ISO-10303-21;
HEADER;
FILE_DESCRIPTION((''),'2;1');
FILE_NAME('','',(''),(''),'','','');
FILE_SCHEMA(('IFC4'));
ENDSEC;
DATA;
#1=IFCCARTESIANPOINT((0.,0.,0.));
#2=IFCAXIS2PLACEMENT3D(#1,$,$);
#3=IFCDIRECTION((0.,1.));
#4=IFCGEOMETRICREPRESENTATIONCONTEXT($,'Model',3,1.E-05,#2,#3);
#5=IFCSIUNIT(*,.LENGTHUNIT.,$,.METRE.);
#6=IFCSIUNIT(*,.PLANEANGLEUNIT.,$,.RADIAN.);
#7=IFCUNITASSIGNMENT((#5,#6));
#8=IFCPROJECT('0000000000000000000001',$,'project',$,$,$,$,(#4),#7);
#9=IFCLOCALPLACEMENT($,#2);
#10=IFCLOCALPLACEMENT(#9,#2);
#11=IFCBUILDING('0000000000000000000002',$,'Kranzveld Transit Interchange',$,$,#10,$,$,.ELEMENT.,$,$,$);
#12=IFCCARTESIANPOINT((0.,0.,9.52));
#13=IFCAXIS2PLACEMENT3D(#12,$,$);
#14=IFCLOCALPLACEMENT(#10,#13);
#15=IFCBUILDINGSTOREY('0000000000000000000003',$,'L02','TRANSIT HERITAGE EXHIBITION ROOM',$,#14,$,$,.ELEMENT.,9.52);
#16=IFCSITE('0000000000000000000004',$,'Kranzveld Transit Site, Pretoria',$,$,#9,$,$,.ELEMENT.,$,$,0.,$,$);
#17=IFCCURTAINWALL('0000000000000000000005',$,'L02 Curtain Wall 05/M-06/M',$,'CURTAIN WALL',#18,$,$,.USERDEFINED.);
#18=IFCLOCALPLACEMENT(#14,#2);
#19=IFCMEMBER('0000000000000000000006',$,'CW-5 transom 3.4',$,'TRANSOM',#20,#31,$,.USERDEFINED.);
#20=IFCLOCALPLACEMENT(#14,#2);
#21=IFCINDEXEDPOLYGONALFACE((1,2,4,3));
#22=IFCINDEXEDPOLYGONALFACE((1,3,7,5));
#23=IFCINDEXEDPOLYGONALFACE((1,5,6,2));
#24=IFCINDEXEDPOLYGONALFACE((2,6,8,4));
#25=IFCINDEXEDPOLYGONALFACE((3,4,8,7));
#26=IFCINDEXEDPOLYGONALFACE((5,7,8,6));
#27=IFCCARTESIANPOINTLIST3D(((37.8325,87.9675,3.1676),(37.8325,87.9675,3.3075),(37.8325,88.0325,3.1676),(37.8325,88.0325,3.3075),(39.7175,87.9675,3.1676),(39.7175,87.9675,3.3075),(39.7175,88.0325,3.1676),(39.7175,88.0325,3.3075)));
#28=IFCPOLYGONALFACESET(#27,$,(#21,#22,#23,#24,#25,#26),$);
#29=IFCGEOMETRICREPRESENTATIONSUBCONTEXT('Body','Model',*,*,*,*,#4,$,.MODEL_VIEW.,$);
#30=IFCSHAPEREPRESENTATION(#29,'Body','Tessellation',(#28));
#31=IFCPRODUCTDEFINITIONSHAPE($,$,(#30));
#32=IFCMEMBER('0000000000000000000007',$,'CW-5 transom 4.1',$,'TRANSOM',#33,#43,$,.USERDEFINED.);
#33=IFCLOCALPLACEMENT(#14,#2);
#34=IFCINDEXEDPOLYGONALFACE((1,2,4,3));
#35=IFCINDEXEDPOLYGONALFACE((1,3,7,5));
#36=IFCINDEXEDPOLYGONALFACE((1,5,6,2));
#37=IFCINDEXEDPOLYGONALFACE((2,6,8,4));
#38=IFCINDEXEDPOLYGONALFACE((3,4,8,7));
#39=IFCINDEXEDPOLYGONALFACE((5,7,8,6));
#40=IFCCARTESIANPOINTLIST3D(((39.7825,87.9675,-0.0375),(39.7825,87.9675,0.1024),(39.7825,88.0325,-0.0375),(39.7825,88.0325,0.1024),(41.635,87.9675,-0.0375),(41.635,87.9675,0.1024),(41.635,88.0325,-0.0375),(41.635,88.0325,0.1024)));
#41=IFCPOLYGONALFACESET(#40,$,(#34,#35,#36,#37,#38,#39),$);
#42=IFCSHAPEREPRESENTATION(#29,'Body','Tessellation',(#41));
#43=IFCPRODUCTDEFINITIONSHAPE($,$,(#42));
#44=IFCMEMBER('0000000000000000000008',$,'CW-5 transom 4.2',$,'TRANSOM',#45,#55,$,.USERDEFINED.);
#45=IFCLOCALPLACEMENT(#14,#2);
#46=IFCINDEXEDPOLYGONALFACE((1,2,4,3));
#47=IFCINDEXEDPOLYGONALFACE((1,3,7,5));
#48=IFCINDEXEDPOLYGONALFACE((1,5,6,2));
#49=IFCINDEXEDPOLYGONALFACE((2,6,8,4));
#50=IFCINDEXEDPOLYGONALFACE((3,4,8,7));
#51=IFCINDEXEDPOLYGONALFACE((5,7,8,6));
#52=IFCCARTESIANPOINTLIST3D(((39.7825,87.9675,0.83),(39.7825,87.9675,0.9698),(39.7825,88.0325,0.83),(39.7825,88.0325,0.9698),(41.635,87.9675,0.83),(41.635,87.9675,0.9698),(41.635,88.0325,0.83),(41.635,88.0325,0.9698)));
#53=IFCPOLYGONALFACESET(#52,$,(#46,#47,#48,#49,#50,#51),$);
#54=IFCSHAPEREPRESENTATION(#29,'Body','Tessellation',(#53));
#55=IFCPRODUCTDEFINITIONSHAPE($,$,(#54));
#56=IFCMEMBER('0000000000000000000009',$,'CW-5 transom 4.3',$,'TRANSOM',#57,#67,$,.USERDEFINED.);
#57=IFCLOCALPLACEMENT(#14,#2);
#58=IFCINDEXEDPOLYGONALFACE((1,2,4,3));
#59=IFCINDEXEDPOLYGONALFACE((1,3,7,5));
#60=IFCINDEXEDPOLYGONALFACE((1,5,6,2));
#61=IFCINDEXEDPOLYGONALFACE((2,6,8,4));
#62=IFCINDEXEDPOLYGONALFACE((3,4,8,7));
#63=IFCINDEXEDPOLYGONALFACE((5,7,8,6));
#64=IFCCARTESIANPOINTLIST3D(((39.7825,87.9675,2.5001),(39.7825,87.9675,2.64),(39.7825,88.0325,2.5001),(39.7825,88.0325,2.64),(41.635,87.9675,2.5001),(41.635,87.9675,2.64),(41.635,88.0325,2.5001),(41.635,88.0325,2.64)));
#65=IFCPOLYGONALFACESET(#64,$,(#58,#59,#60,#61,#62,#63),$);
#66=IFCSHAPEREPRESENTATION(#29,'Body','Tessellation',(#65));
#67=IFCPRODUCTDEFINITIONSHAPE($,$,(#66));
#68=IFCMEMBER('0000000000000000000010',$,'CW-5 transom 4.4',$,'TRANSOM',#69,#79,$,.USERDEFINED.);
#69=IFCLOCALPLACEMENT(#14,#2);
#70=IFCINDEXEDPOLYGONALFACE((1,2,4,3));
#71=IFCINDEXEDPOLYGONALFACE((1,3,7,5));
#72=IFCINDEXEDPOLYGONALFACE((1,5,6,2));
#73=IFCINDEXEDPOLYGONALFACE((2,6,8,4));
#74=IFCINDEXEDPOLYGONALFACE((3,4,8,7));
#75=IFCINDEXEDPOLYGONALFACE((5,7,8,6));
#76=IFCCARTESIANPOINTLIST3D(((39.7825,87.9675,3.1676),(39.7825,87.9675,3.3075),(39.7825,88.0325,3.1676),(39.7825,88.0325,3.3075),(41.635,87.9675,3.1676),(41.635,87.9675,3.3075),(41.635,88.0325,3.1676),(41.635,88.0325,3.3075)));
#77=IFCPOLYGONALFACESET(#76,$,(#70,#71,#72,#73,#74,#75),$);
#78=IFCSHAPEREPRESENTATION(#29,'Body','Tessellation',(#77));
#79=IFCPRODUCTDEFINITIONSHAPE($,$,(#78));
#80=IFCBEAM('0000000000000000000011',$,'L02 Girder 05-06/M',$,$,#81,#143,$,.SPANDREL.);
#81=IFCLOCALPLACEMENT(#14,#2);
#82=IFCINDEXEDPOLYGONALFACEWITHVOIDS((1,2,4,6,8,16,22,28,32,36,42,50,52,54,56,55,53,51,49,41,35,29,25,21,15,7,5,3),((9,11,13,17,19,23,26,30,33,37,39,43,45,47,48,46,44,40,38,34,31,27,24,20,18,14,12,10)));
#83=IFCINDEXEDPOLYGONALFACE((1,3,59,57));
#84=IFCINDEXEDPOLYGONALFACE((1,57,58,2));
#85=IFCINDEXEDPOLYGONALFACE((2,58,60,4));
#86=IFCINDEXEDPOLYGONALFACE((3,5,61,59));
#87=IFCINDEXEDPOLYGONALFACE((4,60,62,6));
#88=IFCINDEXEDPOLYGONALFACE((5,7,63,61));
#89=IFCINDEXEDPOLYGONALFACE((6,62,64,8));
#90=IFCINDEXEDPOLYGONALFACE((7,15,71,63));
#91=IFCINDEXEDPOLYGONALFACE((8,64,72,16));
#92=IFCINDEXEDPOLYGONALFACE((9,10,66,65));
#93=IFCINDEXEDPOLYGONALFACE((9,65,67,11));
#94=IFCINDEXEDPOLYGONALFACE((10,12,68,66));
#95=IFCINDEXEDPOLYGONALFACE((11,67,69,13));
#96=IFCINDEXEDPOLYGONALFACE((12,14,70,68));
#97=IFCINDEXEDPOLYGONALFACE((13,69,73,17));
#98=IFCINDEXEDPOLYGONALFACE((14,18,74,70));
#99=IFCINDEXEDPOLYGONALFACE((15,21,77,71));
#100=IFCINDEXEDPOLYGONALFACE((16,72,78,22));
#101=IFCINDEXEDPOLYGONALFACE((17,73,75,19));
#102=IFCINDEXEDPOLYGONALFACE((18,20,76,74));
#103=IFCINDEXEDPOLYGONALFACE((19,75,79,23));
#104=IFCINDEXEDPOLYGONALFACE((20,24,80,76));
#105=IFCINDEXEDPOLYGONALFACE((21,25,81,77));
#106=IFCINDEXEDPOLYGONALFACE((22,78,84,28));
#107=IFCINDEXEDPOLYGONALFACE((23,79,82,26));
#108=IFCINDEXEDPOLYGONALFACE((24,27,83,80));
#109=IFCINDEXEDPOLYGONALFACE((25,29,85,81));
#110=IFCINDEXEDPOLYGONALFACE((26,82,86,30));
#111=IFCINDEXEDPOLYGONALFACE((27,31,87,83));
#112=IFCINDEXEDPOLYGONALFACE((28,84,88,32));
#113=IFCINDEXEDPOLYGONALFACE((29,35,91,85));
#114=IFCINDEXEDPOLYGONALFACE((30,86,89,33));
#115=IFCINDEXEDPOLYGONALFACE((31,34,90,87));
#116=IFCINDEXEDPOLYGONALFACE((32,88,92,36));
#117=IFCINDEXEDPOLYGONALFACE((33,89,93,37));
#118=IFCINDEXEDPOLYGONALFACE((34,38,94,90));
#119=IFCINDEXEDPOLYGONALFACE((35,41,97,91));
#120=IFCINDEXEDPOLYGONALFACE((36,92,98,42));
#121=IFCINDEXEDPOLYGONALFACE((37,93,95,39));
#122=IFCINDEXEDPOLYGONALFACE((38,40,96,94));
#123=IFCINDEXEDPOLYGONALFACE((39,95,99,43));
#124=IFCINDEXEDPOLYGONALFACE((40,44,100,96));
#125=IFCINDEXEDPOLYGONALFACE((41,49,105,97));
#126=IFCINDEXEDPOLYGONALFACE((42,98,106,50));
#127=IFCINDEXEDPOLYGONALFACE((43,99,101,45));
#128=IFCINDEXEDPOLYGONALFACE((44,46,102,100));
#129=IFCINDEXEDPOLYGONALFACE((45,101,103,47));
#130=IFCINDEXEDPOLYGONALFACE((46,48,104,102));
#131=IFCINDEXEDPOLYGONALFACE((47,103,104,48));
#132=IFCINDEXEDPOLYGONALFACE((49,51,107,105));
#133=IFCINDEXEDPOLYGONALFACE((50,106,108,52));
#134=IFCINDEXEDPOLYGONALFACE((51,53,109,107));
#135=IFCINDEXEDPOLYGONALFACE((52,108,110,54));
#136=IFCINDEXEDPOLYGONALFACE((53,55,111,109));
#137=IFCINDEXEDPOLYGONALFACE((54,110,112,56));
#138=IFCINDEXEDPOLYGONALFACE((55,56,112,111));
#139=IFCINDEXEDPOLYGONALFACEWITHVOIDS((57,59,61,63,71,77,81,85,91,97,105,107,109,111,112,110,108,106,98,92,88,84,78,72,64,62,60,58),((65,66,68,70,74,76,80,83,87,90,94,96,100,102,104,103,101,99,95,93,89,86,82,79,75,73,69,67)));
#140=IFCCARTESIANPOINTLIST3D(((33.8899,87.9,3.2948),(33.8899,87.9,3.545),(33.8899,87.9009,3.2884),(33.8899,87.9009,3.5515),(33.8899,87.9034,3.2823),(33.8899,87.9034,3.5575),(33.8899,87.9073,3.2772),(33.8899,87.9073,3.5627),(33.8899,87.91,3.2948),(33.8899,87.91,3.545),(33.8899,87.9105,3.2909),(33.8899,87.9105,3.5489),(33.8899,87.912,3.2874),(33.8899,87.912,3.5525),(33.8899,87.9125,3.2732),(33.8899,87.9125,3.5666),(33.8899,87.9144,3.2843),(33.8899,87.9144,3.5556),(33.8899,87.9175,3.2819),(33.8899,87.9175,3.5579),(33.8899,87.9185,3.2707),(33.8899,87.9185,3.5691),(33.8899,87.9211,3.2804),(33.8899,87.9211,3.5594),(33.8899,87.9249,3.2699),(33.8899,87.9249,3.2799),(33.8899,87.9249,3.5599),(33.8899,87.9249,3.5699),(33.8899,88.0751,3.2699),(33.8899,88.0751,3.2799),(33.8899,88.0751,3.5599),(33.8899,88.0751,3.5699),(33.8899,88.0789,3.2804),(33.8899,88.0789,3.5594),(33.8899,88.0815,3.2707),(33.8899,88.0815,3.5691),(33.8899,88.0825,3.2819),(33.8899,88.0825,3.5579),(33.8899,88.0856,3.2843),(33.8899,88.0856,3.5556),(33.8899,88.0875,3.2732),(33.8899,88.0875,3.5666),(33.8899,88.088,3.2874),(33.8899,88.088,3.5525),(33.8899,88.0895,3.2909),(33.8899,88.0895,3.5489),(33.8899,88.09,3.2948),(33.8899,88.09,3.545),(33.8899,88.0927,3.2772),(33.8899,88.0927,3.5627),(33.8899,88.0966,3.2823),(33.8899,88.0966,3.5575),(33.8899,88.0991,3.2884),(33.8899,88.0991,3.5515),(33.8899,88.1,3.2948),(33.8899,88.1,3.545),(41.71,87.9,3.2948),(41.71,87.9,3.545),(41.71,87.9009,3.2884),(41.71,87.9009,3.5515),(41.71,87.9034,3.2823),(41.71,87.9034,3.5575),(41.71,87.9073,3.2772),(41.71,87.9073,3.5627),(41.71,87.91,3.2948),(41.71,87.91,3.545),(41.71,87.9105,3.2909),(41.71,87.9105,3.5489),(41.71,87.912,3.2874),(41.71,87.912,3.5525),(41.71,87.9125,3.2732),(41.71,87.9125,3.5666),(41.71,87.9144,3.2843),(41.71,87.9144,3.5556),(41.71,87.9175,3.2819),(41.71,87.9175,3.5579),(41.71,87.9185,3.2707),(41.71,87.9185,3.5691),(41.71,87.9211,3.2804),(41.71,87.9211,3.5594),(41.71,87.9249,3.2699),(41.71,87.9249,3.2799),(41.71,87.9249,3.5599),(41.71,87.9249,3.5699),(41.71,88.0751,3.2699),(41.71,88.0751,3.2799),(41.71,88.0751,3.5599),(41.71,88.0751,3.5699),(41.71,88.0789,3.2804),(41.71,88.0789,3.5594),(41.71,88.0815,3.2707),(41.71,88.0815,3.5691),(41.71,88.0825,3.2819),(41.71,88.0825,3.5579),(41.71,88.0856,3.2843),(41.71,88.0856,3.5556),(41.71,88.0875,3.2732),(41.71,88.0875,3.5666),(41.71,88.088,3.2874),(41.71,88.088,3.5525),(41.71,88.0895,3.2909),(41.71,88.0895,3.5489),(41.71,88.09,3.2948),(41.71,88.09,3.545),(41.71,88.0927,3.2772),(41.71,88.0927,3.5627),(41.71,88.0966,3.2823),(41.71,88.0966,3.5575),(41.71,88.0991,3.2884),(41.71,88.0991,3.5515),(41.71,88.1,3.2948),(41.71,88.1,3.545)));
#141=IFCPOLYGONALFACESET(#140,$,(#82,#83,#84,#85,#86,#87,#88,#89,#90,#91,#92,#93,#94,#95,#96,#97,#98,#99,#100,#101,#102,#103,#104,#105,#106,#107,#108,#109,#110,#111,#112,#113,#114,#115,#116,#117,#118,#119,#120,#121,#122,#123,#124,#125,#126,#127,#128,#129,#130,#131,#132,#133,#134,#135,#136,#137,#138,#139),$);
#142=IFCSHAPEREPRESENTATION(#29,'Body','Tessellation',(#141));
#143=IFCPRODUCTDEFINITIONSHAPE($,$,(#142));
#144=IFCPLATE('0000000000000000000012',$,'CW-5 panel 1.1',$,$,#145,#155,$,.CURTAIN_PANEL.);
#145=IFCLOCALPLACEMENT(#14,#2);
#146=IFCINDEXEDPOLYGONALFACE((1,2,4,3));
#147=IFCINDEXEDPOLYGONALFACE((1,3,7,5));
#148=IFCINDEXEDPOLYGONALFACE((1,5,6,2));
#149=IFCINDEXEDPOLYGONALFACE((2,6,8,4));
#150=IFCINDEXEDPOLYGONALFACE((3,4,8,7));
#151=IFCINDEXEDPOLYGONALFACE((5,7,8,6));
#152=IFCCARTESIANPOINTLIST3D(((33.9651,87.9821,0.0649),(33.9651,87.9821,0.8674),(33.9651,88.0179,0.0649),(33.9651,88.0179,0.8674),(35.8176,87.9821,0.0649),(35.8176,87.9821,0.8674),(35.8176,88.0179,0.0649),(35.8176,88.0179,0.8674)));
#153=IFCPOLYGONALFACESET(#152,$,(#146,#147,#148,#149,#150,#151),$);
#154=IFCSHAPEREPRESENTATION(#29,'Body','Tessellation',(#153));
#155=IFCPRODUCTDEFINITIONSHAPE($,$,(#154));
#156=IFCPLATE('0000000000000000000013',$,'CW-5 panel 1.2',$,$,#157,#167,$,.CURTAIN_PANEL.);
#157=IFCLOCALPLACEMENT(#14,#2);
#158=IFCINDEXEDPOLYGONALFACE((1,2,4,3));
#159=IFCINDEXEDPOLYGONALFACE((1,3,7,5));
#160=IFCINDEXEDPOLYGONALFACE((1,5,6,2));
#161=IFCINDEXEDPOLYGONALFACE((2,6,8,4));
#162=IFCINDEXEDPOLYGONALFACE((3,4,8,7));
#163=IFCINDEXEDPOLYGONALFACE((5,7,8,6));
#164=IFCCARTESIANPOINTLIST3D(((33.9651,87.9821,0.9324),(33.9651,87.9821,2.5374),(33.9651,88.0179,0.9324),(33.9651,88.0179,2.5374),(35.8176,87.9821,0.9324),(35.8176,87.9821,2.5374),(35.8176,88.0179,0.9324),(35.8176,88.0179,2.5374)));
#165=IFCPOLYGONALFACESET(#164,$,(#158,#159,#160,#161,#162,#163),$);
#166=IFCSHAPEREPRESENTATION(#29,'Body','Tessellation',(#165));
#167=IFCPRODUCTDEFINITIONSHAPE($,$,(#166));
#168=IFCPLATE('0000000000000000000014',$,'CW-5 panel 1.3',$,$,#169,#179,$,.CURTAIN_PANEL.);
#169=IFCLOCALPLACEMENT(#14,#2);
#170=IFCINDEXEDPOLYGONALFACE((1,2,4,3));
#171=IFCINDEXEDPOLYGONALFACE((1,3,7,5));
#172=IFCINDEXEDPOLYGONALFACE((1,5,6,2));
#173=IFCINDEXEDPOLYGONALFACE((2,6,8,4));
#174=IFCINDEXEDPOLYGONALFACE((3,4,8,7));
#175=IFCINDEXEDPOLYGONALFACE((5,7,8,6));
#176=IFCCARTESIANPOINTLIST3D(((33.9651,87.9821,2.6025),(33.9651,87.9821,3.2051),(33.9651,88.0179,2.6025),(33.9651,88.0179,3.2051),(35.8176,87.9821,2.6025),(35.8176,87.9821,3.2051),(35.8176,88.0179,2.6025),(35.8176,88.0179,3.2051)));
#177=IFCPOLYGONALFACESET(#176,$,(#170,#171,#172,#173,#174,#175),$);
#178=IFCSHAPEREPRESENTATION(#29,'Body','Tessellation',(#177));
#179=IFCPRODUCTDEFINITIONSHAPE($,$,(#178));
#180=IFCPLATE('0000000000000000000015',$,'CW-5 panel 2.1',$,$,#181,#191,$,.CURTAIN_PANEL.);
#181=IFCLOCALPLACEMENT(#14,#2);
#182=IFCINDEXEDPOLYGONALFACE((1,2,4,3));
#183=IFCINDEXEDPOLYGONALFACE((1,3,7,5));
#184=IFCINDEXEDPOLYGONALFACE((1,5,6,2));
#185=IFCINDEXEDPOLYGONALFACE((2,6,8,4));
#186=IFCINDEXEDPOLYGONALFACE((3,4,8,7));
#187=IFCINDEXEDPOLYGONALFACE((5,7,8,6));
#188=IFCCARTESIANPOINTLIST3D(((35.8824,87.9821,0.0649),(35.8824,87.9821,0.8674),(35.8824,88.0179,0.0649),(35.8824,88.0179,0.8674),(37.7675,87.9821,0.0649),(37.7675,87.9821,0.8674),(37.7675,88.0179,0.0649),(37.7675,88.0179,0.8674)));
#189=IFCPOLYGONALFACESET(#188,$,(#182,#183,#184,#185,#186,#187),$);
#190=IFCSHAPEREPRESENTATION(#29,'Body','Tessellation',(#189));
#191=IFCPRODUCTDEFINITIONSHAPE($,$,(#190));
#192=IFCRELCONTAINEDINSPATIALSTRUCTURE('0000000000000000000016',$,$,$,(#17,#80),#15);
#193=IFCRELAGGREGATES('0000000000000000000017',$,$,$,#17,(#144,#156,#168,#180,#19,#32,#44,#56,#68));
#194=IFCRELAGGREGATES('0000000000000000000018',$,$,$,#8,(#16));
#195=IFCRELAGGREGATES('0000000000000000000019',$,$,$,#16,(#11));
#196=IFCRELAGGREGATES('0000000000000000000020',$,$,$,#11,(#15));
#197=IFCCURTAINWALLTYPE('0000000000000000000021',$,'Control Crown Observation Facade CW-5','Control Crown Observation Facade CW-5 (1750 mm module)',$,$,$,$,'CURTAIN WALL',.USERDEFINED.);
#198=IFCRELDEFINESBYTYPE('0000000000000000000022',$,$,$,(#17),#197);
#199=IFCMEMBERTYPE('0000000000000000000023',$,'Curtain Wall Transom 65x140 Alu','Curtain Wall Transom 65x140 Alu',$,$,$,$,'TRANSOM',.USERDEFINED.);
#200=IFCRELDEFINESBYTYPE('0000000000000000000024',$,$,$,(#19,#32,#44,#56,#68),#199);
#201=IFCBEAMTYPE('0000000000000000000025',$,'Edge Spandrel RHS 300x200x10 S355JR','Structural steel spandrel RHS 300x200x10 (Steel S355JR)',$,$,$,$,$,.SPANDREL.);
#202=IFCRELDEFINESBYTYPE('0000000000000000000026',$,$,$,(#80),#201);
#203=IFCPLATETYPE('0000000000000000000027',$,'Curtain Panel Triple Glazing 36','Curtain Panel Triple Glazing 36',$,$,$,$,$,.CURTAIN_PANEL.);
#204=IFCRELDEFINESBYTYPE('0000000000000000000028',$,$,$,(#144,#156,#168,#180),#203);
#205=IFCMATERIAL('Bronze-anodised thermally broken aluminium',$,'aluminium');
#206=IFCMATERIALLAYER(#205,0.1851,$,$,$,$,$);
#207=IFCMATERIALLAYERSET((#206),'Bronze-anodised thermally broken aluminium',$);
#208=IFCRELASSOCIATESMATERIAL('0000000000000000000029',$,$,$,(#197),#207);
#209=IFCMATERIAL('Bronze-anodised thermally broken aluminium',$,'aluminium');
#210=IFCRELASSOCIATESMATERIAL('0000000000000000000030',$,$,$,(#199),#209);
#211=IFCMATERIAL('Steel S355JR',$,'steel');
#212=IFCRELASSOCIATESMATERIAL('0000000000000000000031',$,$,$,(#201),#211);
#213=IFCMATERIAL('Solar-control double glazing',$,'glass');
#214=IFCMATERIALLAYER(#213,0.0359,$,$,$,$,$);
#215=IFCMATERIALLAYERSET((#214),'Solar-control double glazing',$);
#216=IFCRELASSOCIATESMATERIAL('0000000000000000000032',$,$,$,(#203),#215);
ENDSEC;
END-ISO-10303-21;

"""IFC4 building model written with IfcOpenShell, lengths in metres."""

from ifc_helpers import new_model, si_unit, direction, frame, origin, origin_2d, place, context, subcontext, project, spatial, rectangle, hollow_rectangle, extrude, material, layer, layer_set, material_profile, profile_set, type_object, element, aggregate, save


model = new_model("IFC4")

# Units and contexts
model_context = context("Model", 3, precision=1e-05, world=origin(), true_north=direction((0.0, 1.0)))
body_context = subcontext(model_context, "Body", "Model", "MODEL_VIEW")
ifc_project = project(units=[si_unit("LENGTHUNIT", "METRE"), si_unit("PLANEANGLEUNIT", "RADIAN")], contexts=[model_context])

# Site, building, storey
site_placement = place(None, origin())
site = spatial("IfcSite", under=ifc_project, at=site_placement, Name="Kranzveld Transit Site, Pretoria", CompositionType="ELEMENT", RefElevation=0.0)
building_placement = place(site_placement, origin())
building = spatial("IfcBuilding", under=site, at=building_placement, Name="Kranzveld Transit Interchange", CompositionType="ELEMENT")
storey_placement = place(building_placement, frame((0.0, 0.0, 9.52)))
storey = spatial("IfcBuildingStorey", under=building, at=storey_placement, Name="L02", Description="TRANSIT HERITAGE EXHIBITION ROOM", CompositionType="ELEMENT", Elevation=9.52)

# Curtain wall, members
ifc_material_1 = material(Name="Bronze-anodised thermally broken aluminium", Category="aluminium")
ifc_layer_1 = layer(ifc_material_1, 0.1851)
ifc_layer_set_1 = layer_set([ifc_layer_1], Name="Bronze-anodised thermally broken aluminium")
curtain_wall_type = type_object("IfcCurtainWallType", Name="Control Crown Observation Facade CW-5", Description="Control Crown Observation Facade CW-5 (1750 mm module)", ElementType="CURTAIN WALL", PredefinedType="USERDEFINED", material=ifc_layer_set_1)
curtain_wall_placement = place(storey_placement, origin())
curtain_wall = element("IfcCurtainWall", 1, at=curtain_wall_placement, inside=storey, type_object=curtain_wall_type, Name="L02 Curtain Wall 05/M-06/M", ObjectType="CURTAIN WALL", PredefinedType="USERDEFINED")
ifc_material_2 = material(Name="Bronze-anodised thermally broken aluminium", Category="aluminium")
ifc_material_profile_1 = material_profile(ifc_material_2, rectangle(XDim=0.0649, YDim=0.1399, at=origin_2d()), Name="ALU TRANSOM 65x140")
ifc_profile_set_1 = profile_set([ifc_material_profile_1], Name="Bronze-anodised thermally broken aluminium")
member_type_1 = type_object("IfcMemberType", Name="Curtain Wall Transom 65x140 Alu", Description="Curtain Wall Transom 65x140 Alu", ElementType="TRANSOM", PredefinedType="USERDEFINED", material=ifc_profile_set_1)
member_1_placement = place(storey_placement, frame((37.8325, 88.0, 3.2375), z_axis=(1.0, 0.0, 0.0), x_axis=(0.0, 1.0, 0.0)))
member_1 = element("IfcMember", 2, at=member_1_placement, type_object=member_type_1, Name="CW-5 transom 3.4", ObjectType="TRANSOM", PredefinedType="USERDEFINED", context=body_context, shape_type="SweptSolid", body=[
    extrude(rectangle(XDim=0.0649, YDim=0.1399, at=origin_2d()), origin(), (0.0, 0.0, 1.0), 1.885),
])
member_2_placement = place(storey_placement, frame((39.7825, 88.0, 0.0325), z_axis=(1.0, 0.0, 0.0), x_axis=(0.0, 1.0, 0.0)))
member_2 = element("IfcMember", 3, at=member_2_placement, type_object=member_type_1, Name="CW-5 transom 4.1", ObjectType="TRANSOM", PredefinedType="USERDEFINED", context=body_context, shape_type="SweptSolid", body=[
    extrude(rectangle(XDim=0.0649, YDim=0.1399, at=origin_2d()), origin(), (0.0, 0.0, 1.0), 1.8525),
])
member_3_placement = place(storey_placement, frame((39.7825, 88.0, 0.8999), z_axis=(1.0, 0.0, 0.0), x_axis=(0.0, 1.0, 0.0)))
member_3 = element("IfcMember", 4, at=member_3_placement, type_object=member_type_1, Name="CW-5 transom 4.2", ObjectType="TRANSOM", PredefinedType="USERDEFINED", context=body_context, shape_type="SweptSolid", body=[
    extrude(rectangle(XDim=0.0649, YDim=0.1399, at=origin_2d()), origin(), (0.0, 0.0, 1.0), 1.8525),
])
member_4_placement = place(storey_placement, frame((39.7825, 88.0, 2.5701), z_axis=(1.0, 0.0, 0.0), x_axis=(0.0, 1.0, 0.0)))
member_4 = element("IfcMember", 5, at=member_4_placement, type_object=member_type_1, Name="CW-5 transom 4.3", ObjectType="TRANSOM", PredefinedType="USERDEFINED", context=body_context, shape_type="SweptSolid", body=[
    extrude(rectangle(XDim=0.0649, YDim=0.1399, at=origin_2d()), origin(), (0.0, 0.0, 1.0), 1.8525),
])
member_5_placement = place(storey_placement, frame((39.7825, 88.0, 3.2375), z_axis=(1.0, 0.0, 0.0), x_axis=(0.0, 1.0, 0.0)))
member_5 = element("IfcMember", 6, at=member_5_placement, type_object=member_type_1, Name="CW-5 transom 4.4", ObjectType="TRANSOM", PredefinedType="USERDEFINED", context=body_context, shape_type="SweptSolid", body=[
    extrude(rectangle(XDim=0.0649, YDim=0.1399, at=origin_2d()), origin(), (0.0, 0.0, 1.0), 1.8525),
])

# Beam
ifc_material_3 = material(Name="Steel S355JR", Category="steel")
ifc_material_profile_2 = material_profile(ifc_material_3, hollow_rectangle(XDim=0.2, YDim=0.3, WallThickness=0.01, InnerFilletRadius=0.0149, OuterFilletRadius=0.0249, at=origin_2d()), Name="RHS 300x200x10")
ifc_profile_set_2 = profile_set([ifc_material_profile_2], Name="Steel S355JR")
beam_type = type_object("IfcBeamType", Name="Edge Spandrel RHS 300x200x10 S355JR", Description="Structural steel spandrel RHS 300x200x10 (Steel S355JR)", PredefinedType="SPANDREL", material=ifc_profile_set_2)
beam_placement = place(storey_placement, frame((33.8899, 88.0, 3.4199), z_axis=(1.0, 0.0, 0.0), x_axis=(0.0, 1.0, 0.0)))
element("IfcBeam", 7, at=beam_placement, inside=storey, type_object=beam_type, Name="L02 Girder 05-06/M", PredefinedType="SPANDREL", context=body_context, shape_type="SweptSolid", body=[
    extrude(hollow_rectangle(XDim=0.2, YDim=0.3, WallThickness=0.01, InnerFilletRadius=0.0149, OuterFilletRadius=0.0249, at=origin_2d()), origin(), (0.0, 0.0, 1.0), 7.8201),
])

# Plates
ifc_material_4 = material(Name="Solar-control double glazing", Category="glass")
ifc_layer_2 = layer(ifc_material_4, 0.0359)
ifc_layer_set_2 = layer_set([ifc_layer_2], Name="Solar-control double glazing")
plate_type = type_object("IfcPlateType", Name="Curtain Panel Triple Glazing 36", Description="Curtain Panel Triple Glazing 36", PredefinedType="CURTAIN_PANEL", material=ifc_layer_set_2)
plate_1_placement = place(storey_placement, frame((34.8914, 88.0, 0.0649), z_axis=(0.0, 0.0, 1.0), x_axis=(1.0, 0.0, 0.0)))
plate_1 = element("IfcPlate", 8, at=plate_1_placement, type_object=plate_type, Name="CW-5 panel 1.1", PredefinedType="CURTAIN_PANEL", context=body_context, shape_type="SweptSolid", body=[
    extrude(rectangle(XDim=1.8525, YDim=0.0359, at=origin_2d()), origin(), (0.0, 0.0, 1.0), 0.8025),
])
plate_2_placement = place(storey_placement, frame((34.8914, 88.0, 0.9324), z_axis=(0.0, 0.0, 1.0), x_axis=(1.0, 0.0, 0.0)))
plate_2 = element("IfcPlate", 9, at=plate_2_placement, type_object=plate_type, Name="CW-5 panel 1.2", PredefinedType="CURTAIN_PANEL", context=body_context, shape_type="SweptSolid", body=[
    extrude(rectangle(XDim=1.8525, YDim=0.0359, at=origin_2d()), origin(), (0.0, 0.0, 1.0), 1.605),
])
plate_3_placement = place(storey_placement, frame((34.8914, 88.0, 2.6025), z_axis=(0.0, 0.0, 1.0), x_axis=(1.0, 0.0, 0.0)))
plate_3 = element("IfcPlate", 10, at=plate_3_placement, type_object=plate_type, Name="CW-5 panel 1.3", PredefinedType="CURTAIN_PANEL", context=body_context, shape_type="SweptSolid", body=[
    extrude(rectangle(XDim=1.8525, YDim=0.0359, at=origin_2d()), origin(), (0.0, 0.0, 1.0), 0.6025),
])
plate_4_placement = place(storey_placement, frame((36.825, 88.0, 0.0649), z_axis=(0.0, 0.0, 1.0), x_axis=(1.0, 0.0, 0.0)))
plate_4 = element("IfcPlate", 11, at=plate_4_placement, type_object=plate_type, Name="CW-5 panel 2.1", PredefinedType="CURTAIN_PANEL", context=body_context, shape_type="SweptSolid", body=[
    extrude(rectangle(XDim=1.885, YDim=0.0359, at=origin_2d()), origin(), (0.0, 0.0, 1.0), 0.8025),
])
aggregate(curtain_wall, [plate_1, plate_2, plate_3, plate_4, member_1, member_2, member_3, member_4, member_5])

save(model, "model.ifc")
